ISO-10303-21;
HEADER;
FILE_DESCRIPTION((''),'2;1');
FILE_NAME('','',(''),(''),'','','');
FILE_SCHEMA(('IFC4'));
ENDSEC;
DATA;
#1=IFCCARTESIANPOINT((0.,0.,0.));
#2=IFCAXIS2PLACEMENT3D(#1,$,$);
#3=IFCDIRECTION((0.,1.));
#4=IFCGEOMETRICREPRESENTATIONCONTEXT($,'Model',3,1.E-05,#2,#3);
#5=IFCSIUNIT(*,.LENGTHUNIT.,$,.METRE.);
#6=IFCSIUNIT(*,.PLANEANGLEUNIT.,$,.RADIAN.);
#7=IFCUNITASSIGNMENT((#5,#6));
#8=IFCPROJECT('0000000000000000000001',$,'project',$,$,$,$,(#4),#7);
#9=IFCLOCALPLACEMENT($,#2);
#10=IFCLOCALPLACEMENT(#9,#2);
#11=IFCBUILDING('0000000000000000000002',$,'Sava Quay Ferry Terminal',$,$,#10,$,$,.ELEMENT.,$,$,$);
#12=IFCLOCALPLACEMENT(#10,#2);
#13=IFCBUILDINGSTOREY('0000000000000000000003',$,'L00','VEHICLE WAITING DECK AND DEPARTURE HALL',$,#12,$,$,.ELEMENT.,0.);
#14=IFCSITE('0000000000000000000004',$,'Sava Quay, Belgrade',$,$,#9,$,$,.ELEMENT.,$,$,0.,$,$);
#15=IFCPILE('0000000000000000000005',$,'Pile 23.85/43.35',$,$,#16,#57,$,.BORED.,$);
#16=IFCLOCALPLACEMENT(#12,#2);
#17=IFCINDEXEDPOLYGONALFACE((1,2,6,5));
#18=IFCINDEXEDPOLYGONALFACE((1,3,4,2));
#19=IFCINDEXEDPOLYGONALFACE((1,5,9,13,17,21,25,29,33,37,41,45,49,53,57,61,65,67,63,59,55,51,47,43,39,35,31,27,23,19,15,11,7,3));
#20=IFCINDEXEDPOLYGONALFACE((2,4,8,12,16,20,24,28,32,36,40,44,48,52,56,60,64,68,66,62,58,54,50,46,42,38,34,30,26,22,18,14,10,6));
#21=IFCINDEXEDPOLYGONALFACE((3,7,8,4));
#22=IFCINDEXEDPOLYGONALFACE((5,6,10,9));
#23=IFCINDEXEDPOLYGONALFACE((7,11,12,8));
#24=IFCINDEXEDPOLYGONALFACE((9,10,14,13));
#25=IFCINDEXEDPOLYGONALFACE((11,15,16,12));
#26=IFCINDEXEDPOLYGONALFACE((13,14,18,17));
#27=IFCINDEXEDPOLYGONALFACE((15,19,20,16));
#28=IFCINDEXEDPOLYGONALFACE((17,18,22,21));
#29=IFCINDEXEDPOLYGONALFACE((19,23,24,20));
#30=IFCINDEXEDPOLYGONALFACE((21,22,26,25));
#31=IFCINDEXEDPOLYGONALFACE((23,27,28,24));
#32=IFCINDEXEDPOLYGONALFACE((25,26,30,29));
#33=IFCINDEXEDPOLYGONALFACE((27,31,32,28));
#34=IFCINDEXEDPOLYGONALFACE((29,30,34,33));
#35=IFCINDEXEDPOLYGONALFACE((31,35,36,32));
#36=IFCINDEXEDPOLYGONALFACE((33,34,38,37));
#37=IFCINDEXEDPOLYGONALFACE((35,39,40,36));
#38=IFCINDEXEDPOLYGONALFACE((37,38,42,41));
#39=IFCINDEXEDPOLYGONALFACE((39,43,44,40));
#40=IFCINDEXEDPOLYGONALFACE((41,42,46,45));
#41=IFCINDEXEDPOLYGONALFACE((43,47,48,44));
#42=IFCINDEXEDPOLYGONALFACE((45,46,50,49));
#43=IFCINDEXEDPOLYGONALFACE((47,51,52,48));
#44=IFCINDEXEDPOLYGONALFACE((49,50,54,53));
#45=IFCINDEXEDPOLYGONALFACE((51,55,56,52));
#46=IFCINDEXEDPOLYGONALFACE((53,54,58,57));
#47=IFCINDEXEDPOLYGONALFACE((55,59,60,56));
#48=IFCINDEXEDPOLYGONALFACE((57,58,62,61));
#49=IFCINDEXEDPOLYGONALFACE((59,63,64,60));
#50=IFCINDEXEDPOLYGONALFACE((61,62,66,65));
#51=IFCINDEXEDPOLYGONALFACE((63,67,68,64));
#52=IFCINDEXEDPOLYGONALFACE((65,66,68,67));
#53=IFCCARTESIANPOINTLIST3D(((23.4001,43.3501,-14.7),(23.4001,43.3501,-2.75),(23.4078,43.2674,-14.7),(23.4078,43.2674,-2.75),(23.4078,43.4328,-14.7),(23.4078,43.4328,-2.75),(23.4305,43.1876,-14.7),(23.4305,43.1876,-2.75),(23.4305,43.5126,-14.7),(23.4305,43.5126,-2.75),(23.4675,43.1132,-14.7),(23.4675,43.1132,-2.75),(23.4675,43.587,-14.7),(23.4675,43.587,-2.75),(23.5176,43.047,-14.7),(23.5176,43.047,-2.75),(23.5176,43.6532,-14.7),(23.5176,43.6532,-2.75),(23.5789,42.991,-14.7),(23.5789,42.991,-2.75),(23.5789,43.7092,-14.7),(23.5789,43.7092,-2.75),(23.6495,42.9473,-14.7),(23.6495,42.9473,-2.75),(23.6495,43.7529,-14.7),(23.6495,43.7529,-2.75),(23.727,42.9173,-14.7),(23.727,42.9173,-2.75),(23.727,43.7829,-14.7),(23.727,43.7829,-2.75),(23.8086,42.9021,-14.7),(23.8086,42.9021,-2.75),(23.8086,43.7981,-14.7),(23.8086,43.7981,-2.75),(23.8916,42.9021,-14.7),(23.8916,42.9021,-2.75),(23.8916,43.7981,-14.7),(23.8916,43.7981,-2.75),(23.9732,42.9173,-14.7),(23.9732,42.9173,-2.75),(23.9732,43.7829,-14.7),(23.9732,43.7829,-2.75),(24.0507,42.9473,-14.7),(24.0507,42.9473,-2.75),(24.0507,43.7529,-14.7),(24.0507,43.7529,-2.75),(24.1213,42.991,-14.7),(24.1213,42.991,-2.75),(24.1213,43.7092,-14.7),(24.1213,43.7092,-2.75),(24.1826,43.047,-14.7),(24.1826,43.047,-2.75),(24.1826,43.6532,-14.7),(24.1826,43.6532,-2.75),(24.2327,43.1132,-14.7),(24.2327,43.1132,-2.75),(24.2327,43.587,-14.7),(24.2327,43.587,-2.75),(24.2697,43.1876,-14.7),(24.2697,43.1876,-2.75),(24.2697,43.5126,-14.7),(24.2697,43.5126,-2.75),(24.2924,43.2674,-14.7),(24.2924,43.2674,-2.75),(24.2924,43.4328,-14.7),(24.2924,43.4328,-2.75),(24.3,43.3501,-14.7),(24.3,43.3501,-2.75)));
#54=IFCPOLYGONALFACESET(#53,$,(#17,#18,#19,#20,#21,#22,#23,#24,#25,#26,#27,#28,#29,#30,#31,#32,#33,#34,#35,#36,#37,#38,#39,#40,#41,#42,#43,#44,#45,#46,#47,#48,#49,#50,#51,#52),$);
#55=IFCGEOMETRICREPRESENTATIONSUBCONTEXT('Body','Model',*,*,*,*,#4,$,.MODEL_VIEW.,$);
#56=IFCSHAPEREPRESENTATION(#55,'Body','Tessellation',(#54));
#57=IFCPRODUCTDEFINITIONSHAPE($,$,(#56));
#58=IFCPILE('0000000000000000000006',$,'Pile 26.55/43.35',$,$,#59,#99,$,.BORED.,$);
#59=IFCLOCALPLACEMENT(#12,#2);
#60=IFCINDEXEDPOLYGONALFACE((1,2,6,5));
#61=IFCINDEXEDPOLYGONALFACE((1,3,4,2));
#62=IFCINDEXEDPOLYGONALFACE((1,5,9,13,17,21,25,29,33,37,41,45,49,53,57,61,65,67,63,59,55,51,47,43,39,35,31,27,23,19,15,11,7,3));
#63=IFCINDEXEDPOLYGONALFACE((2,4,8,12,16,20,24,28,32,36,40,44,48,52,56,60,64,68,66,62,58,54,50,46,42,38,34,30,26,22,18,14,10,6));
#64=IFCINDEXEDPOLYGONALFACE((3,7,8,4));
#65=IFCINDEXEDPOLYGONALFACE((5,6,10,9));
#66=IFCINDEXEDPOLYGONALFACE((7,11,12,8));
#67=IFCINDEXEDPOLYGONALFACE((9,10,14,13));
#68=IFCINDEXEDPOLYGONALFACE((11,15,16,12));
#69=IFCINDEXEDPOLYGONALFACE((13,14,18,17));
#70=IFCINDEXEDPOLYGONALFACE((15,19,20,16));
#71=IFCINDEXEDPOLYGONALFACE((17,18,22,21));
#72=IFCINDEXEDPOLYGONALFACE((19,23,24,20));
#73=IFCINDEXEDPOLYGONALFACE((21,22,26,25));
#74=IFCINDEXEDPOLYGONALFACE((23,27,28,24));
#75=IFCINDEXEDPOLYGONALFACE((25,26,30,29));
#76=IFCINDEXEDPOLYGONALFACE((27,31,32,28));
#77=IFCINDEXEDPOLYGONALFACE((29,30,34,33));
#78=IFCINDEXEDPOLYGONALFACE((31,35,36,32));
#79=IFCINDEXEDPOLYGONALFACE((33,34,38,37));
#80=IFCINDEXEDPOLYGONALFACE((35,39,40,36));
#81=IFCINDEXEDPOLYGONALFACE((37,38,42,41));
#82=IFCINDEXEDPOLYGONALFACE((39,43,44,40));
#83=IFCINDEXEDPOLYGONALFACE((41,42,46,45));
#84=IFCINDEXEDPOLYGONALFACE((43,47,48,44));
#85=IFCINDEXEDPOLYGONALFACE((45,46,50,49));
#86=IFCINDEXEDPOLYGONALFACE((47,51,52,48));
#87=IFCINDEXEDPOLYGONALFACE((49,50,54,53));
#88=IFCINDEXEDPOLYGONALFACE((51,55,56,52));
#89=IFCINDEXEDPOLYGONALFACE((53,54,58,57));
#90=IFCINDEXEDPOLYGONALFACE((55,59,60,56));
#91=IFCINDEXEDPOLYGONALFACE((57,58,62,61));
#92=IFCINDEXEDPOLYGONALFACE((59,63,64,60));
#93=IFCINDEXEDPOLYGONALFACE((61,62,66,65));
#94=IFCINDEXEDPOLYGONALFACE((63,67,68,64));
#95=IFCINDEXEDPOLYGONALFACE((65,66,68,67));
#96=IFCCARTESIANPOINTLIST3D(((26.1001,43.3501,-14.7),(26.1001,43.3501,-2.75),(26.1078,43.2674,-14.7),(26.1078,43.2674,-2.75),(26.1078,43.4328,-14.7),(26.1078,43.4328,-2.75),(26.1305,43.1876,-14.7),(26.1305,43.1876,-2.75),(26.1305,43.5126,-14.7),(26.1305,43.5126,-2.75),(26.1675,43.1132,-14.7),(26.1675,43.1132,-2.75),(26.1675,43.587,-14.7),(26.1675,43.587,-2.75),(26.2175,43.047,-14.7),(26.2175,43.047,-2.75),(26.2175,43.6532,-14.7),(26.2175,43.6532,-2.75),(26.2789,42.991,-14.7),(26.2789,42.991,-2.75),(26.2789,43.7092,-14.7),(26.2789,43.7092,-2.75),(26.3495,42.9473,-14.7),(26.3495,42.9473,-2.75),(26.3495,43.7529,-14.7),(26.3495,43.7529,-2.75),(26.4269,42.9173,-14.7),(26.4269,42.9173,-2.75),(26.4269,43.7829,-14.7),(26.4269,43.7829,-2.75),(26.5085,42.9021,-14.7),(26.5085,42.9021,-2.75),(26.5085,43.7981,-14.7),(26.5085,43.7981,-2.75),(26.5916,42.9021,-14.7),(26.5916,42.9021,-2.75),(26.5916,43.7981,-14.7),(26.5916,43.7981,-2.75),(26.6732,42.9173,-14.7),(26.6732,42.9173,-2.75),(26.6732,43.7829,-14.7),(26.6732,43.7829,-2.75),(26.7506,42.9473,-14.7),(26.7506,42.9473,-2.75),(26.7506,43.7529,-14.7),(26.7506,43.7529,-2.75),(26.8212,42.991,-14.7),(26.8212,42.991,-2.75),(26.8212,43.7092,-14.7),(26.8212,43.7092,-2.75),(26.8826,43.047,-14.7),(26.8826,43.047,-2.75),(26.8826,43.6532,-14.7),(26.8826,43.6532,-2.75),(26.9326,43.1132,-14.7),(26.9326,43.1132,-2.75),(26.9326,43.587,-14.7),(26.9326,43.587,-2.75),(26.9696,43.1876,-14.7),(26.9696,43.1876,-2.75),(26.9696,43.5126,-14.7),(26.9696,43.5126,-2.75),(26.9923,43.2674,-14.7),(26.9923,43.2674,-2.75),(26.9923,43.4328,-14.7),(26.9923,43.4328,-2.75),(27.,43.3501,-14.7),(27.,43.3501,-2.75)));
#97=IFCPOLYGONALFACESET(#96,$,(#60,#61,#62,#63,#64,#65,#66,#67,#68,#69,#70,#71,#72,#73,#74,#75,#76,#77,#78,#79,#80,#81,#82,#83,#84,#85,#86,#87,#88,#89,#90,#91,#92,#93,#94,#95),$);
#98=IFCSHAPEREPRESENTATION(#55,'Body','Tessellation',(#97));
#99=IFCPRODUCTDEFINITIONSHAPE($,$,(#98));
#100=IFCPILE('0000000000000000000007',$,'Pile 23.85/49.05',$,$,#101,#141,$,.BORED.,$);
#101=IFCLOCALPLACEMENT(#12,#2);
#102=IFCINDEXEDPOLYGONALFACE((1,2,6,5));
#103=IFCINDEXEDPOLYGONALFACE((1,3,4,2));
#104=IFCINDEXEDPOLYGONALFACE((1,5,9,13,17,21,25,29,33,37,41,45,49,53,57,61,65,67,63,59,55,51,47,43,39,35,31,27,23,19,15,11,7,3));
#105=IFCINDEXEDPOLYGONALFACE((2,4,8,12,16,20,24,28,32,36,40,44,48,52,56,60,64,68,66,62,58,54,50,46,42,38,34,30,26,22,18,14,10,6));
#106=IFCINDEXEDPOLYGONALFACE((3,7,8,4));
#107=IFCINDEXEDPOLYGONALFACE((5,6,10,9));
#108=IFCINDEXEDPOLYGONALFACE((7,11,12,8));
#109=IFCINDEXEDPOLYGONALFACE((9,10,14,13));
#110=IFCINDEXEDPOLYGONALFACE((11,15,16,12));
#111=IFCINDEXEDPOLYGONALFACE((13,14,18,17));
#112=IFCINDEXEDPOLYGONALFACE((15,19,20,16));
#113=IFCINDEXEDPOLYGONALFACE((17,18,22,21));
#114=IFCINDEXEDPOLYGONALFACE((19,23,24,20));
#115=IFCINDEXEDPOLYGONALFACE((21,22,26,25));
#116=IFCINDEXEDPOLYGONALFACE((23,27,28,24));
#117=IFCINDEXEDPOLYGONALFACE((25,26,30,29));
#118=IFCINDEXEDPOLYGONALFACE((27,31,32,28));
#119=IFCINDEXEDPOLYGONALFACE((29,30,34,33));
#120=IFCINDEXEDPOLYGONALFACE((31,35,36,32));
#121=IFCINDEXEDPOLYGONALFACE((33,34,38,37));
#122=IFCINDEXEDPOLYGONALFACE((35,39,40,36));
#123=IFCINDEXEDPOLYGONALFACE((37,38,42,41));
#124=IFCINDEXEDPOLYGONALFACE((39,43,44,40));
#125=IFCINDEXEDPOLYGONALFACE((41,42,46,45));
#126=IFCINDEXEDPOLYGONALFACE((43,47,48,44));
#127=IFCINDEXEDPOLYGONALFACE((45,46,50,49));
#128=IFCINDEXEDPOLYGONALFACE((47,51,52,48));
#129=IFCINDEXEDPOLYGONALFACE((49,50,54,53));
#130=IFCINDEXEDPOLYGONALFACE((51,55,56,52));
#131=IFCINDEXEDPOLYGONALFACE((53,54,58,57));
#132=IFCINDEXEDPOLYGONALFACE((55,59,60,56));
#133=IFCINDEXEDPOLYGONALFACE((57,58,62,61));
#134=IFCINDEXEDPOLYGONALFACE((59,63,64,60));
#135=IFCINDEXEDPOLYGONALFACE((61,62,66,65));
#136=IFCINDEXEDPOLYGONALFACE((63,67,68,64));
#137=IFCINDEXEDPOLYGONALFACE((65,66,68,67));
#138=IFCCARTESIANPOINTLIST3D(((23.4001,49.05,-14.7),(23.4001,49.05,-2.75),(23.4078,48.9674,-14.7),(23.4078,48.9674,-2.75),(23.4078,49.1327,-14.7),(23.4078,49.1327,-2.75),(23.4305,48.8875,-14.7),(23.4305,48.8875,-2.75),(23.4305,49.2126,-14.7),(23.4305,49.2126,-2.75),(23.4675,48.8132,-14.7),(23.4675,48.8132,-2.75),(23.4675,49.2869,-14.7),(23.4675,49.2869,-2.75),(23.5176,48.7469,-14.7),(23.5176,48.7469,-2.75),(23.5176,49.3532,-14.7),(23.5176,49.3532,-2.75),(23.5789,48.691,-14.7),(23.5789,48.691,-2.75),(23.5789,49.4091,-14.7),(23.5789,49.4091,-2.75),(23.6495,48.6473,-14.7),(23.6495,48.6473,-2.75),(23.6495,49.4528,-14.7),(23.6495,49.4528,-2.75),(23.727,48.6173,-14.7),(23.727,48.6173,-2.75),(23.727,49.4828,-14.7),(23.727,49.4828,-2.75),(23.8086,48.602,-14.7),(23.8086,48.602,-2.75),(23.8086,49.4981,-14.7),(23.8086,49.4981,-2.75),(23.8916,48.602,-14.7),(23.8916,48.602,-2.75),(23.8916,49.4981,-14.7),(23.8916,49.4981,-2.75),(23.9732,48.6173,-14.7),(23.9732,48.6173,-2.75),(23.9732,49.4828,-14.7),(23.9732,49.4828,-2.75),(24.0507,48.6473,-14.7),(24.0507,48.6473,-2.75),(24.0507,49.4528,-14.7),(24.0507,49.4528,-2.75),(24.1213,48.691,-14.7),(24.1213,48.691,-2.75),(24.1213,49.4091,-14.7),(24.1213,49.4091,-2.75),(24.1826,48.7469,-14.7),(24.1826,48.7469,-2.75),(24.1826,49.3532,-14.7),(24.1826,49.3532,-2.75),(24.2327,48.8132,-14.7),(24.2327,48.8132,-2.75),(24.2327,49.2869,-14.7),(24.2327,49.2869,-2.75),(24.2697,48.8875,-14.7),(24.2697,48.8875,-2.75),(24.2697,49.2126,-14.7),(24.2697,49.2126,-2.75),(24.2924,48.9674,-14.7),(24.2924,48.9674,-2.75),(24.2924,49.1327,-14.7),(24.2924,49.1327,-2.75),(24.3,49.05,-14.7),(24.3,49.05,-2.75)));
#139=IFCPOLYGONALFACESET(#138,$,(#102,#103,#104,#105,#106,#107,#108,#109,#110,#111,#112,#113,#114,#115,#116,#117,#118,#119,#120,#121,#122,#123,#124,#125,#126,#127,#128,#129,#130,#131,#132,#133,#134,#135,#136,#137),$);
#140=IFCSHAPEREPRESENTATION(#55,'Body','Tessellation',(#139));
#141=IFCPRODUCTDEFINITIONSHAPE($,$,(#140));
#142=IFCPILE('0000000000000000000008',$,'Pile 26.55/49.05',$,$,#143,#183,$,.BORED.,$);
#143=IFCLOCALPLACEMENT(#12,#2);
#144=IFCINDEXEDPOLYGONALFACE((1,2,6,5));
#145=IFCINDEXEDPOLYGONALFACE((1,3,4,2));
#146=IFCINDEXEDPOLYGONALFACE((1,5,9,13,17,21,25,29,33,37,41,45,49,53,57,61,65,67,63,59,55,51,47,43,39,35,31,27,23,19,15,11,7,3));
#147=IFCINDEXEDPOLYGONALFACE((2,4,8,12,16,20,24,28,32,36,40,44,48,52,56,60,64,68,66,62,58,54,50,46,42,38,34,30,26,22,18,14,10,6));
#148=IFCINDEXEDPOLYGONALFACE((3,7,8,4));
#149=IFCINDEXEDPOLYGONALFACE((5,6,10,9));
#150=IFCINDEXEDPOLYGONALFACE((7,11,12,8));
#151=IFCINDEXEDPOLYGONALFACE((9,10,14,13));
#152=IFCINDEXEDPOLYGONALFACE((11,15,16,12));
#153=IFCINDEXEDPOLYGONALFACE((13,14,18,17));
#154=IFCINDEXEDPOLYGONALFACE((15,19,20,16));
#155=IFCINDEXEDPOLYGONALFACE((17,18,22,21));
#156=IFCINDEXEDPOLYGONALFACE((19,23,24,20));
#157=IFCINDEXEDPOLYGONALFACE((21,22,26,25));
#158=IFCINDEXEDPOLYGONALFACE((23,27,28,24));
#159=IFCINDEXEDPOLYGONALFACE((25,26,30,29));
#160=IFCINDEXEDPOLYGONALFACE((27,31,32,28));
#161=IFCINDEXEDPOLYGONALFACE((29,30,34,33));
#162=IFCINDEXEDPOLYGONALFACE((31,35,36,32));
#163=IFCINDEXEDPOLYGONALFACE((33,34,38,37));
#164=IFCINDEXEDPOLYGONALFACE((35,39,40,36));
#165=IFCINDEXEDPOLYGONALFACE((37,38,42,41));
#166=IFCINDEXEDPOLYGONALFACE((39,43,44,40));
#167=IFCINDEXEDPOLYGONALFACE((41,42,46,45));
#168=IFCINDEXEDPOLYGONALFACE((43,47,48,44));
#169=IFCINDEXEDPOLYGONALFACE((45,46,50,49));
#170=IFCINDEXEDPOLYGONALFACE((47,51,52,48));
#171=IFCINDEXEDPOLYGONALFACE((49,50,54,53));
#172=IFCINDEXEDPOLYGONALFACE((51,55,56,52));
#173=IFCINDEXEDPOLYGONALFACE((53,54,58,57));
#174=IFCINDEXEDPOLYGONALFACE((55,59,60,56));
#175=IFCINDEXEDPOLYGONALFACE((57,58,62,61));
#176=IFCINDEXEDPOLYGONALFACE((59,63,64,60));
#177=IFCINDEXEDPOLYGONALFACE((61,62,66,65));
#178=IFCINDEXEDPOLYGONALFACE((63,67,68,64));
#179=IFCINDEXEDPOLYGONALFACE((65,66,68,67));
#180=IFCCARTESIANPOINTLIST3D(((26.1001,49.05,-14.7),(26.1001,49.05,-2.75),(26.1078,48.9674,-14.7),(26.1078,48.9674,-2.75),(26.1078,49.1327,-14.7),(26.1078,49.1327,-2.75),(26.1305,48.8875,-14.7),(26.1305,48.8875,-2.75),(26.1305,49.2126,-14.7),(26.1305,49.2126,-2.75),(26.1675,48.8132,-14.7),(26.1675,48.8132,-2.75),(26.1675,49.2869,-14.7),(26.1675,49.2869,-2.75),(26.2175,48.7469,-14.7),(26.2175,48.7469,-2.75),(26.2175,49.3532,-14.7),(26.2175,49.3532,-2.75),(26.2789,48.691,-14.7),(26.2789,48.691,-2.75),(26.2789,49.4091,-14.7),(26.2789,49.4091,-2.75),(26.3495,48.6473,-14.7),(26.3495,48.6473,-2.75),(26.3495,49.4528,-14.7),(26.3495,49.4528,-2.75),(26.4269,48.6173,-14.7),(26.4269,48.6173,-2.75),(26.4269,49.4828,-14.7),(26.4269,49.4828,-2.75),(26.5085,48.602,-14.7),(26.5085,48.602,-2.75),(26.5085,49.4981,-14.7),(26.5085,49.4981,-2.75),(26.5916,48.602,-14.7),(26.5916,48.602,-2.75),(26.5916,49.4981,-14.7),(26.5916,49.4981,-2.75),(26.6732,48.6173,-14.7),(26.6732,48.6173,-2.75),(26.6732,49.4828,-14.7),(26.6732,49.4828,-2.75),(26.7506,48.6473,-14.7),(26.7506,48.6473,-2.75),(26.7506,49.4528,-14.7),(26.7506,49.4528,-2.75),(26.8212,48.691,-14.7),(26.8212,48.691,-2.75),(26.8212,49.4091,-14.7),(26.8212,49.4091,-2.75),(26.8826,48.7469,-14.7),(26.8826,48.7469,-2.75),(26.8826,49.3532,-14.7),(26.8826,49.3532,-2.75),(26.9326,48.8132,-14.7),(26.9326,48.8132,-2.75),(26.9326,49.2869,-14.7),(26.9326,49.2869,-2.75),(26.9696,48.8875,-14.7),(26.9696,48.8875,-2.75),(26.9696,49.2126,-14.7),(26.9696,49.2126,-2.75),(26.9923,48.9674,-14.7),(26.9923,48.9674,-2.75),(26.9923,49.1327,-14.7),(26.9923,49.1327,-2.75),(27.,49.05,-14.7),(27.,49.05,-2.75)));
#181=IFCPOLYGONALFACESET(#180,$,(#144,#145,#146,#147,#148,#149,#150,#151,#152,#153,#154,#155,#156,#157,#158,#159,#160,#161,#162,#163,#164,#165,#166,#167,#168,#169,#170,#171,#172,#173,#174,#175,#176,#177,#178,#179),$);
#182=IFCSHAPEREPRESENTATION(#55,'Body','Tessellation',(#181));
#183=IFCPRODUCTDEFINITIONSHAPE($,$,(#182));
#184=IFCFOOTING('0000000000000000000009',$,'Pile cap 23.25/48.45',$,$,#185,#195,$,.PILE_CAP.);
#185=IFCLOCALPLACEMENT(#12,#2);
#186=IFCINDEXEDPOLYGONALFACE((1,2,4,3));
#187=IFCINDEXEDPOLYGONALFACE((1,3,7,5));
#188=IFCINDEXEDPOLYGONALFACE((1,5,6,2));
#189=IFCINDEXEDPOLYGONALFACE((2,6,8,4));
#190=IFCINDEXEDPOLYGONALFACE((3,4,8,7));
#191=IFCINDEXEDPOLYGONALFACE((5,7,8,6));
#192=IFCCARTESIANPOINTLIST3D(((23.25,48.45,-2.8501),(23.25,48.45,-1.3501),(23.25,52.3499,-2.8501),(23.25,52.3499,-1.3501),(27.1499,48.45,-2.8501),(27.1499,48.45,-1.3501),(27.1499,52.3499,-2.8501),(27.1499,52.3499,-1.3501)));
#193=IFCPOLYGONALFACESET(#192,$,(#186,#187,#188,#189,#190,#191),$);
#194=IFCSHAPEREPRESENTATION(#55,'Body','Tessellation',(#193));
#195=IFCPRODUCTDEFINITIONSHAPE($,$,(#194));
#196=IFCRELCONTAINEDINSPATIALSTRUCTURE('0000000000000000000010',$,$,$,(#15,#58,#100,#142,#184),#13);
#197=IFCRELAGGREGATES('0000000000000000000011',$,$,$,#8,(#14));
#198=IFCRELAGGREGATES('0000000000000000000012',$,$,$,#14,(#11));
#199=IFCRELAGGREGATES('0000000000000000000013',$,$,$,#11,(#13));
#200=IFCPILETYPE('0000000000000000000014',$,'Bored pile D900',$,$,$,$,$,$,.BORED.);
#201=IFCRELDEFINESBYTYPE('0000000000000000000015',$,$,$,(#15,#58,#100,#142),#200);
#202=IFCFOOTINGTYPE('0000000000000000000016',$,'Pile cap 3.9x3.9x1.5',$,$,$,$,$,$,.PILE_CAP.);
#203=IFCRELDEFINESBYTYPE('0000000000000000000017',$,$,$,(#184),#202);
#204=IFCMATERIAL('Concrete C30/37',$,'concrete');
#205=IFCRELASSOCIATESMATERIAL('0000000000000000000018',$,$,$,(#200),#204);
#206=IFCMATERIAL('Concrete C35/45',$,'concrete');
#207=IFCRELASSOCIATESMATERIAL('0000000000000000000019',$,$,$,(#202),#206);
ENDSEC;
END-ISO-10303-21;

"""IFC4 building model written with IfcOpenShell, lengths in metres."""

from ifc_helpers import new_model, si_unit, direction, frame, origin, origin_2d, place, context, subcontext, project, spatial, rectangle, circle, extrude, material, material_profile, profile_set, type_object, element, save


model = new_model("IFC4")

# Units and contexts
model_context = context("Model", 3, precision=1e-05, world=origin(), true_north=direction((0.0, 1.0)))
body_context = subcontext(model_context, "Body", "Model", "MODEL_VIEW")
ifc_project = project(units=[si_unit("LENGTHUNIT", "METRE"), si_unit("PLANEANGLEUNIT", "RADIAN")], contexts=[model_context])

# Site, building, storey
site_placement = place(None, origin())
site = spatial("IfcSite", under=ifc_project, at=site_placement, Name="Sava Quay, Belgrade", CompositionType="ELEMENT", RefElevation=0.0)
building_placement = place(site_placement, origin())
building = spatial("IfcBuilding", under=site, at=building_placement, Name="Sava Quay Ferry Terminal", CompositionType="ELEMENT")
storey_placement = place(building_placement, origin())
storey = spatial("IfcBuildingStorey", under=building, at=storey_placement, Name="L00", Description="VEHICLE WAITING DECK AND DEPARTURE HALL", CompositionType="ELEMENT", Elevation=0.0)

# Piles
ifc_material_1 = material(Name="Concrete C30/37", Category="concrete")
ifc_material_profile_1 = material_profile(ifc_material_1, circle(Radius=0.45, at=origin_2d()), Name="Bored pile D900")
ifc_profile_set_1 = profile_set([ifc_material_profile_1], Name="Concrete C30/37")
pile_type = type_object("IfcPileType", Name="Bored pile D900", PredefinedType="BORED", material=ifc_profile_set_1)
for number, where, z_axis, x_axis, name in (
    (1, (23.8501, 43.3501, -2.75), (0.0, 0.0, -1.0), (1.0, 0.0, 0.0), "Pile 23.85/43.35"),
    (2, (26.55, 43.3501, -2.75), (0.0, 0.0, -1.0), (1.0, 0.0, 0.0), "Pile 26.55/43.35"),
    (3, (23.8501, 49.05, -2.75), (0.0, 0.0, -1.0), (1.0, 0.0, 0.0), "Pile 23.85/49.05"),
    (4, (26.55, 49.05, -2.75), (0.0, 0.0, -1.0), (1.0, 0.0, 0.0), "Pile 26.55/49.05"),
):
    element("IfcPile", number, at=place(storey_placement, frame(where, z_axis=z_axis, x_axis=x_axis)), inside=storey, type_object=pile_type, Name=name, PredefinedType="BORED", context=body_context, shape_type="SweptSolid", body=[
        extrude(circle(Radius=0.45, at=origin_2d()), origin(), (0.0, 0.0, 1.0), 11.95),
    ])

# Footing
ifc_material_2 = material(Name="Concrete C35/45", Category="concrete")
footing_type = type_object("IfcFootingType", Name="Pile cap 3.9x3.9x1.5", PredefinedType="PILE_CAP", material=ifc_material_2)
footing_placement = place(storey_placement, frame((25.2, 50.3999, -2.8501), z_axis=(0.0, 0.0, 1.0), x_axis=(1.0, 0.0, 0.0)))
element("IfcFooting", 5, at=footing_placement, inside=storey, type_object=footing_type, Name="Pile cap 23.25/48.45", PredefinedType="PILE_CAP", context=body_context, shape_type="SweptSolid", body=[
    extrude(rectangle(XDim=3.8999, YDim=3.8999, at=origin_2d()), origin(), (0.0, 0.0, 1.0), 1.5),
])

save(model, "model.ifc")
